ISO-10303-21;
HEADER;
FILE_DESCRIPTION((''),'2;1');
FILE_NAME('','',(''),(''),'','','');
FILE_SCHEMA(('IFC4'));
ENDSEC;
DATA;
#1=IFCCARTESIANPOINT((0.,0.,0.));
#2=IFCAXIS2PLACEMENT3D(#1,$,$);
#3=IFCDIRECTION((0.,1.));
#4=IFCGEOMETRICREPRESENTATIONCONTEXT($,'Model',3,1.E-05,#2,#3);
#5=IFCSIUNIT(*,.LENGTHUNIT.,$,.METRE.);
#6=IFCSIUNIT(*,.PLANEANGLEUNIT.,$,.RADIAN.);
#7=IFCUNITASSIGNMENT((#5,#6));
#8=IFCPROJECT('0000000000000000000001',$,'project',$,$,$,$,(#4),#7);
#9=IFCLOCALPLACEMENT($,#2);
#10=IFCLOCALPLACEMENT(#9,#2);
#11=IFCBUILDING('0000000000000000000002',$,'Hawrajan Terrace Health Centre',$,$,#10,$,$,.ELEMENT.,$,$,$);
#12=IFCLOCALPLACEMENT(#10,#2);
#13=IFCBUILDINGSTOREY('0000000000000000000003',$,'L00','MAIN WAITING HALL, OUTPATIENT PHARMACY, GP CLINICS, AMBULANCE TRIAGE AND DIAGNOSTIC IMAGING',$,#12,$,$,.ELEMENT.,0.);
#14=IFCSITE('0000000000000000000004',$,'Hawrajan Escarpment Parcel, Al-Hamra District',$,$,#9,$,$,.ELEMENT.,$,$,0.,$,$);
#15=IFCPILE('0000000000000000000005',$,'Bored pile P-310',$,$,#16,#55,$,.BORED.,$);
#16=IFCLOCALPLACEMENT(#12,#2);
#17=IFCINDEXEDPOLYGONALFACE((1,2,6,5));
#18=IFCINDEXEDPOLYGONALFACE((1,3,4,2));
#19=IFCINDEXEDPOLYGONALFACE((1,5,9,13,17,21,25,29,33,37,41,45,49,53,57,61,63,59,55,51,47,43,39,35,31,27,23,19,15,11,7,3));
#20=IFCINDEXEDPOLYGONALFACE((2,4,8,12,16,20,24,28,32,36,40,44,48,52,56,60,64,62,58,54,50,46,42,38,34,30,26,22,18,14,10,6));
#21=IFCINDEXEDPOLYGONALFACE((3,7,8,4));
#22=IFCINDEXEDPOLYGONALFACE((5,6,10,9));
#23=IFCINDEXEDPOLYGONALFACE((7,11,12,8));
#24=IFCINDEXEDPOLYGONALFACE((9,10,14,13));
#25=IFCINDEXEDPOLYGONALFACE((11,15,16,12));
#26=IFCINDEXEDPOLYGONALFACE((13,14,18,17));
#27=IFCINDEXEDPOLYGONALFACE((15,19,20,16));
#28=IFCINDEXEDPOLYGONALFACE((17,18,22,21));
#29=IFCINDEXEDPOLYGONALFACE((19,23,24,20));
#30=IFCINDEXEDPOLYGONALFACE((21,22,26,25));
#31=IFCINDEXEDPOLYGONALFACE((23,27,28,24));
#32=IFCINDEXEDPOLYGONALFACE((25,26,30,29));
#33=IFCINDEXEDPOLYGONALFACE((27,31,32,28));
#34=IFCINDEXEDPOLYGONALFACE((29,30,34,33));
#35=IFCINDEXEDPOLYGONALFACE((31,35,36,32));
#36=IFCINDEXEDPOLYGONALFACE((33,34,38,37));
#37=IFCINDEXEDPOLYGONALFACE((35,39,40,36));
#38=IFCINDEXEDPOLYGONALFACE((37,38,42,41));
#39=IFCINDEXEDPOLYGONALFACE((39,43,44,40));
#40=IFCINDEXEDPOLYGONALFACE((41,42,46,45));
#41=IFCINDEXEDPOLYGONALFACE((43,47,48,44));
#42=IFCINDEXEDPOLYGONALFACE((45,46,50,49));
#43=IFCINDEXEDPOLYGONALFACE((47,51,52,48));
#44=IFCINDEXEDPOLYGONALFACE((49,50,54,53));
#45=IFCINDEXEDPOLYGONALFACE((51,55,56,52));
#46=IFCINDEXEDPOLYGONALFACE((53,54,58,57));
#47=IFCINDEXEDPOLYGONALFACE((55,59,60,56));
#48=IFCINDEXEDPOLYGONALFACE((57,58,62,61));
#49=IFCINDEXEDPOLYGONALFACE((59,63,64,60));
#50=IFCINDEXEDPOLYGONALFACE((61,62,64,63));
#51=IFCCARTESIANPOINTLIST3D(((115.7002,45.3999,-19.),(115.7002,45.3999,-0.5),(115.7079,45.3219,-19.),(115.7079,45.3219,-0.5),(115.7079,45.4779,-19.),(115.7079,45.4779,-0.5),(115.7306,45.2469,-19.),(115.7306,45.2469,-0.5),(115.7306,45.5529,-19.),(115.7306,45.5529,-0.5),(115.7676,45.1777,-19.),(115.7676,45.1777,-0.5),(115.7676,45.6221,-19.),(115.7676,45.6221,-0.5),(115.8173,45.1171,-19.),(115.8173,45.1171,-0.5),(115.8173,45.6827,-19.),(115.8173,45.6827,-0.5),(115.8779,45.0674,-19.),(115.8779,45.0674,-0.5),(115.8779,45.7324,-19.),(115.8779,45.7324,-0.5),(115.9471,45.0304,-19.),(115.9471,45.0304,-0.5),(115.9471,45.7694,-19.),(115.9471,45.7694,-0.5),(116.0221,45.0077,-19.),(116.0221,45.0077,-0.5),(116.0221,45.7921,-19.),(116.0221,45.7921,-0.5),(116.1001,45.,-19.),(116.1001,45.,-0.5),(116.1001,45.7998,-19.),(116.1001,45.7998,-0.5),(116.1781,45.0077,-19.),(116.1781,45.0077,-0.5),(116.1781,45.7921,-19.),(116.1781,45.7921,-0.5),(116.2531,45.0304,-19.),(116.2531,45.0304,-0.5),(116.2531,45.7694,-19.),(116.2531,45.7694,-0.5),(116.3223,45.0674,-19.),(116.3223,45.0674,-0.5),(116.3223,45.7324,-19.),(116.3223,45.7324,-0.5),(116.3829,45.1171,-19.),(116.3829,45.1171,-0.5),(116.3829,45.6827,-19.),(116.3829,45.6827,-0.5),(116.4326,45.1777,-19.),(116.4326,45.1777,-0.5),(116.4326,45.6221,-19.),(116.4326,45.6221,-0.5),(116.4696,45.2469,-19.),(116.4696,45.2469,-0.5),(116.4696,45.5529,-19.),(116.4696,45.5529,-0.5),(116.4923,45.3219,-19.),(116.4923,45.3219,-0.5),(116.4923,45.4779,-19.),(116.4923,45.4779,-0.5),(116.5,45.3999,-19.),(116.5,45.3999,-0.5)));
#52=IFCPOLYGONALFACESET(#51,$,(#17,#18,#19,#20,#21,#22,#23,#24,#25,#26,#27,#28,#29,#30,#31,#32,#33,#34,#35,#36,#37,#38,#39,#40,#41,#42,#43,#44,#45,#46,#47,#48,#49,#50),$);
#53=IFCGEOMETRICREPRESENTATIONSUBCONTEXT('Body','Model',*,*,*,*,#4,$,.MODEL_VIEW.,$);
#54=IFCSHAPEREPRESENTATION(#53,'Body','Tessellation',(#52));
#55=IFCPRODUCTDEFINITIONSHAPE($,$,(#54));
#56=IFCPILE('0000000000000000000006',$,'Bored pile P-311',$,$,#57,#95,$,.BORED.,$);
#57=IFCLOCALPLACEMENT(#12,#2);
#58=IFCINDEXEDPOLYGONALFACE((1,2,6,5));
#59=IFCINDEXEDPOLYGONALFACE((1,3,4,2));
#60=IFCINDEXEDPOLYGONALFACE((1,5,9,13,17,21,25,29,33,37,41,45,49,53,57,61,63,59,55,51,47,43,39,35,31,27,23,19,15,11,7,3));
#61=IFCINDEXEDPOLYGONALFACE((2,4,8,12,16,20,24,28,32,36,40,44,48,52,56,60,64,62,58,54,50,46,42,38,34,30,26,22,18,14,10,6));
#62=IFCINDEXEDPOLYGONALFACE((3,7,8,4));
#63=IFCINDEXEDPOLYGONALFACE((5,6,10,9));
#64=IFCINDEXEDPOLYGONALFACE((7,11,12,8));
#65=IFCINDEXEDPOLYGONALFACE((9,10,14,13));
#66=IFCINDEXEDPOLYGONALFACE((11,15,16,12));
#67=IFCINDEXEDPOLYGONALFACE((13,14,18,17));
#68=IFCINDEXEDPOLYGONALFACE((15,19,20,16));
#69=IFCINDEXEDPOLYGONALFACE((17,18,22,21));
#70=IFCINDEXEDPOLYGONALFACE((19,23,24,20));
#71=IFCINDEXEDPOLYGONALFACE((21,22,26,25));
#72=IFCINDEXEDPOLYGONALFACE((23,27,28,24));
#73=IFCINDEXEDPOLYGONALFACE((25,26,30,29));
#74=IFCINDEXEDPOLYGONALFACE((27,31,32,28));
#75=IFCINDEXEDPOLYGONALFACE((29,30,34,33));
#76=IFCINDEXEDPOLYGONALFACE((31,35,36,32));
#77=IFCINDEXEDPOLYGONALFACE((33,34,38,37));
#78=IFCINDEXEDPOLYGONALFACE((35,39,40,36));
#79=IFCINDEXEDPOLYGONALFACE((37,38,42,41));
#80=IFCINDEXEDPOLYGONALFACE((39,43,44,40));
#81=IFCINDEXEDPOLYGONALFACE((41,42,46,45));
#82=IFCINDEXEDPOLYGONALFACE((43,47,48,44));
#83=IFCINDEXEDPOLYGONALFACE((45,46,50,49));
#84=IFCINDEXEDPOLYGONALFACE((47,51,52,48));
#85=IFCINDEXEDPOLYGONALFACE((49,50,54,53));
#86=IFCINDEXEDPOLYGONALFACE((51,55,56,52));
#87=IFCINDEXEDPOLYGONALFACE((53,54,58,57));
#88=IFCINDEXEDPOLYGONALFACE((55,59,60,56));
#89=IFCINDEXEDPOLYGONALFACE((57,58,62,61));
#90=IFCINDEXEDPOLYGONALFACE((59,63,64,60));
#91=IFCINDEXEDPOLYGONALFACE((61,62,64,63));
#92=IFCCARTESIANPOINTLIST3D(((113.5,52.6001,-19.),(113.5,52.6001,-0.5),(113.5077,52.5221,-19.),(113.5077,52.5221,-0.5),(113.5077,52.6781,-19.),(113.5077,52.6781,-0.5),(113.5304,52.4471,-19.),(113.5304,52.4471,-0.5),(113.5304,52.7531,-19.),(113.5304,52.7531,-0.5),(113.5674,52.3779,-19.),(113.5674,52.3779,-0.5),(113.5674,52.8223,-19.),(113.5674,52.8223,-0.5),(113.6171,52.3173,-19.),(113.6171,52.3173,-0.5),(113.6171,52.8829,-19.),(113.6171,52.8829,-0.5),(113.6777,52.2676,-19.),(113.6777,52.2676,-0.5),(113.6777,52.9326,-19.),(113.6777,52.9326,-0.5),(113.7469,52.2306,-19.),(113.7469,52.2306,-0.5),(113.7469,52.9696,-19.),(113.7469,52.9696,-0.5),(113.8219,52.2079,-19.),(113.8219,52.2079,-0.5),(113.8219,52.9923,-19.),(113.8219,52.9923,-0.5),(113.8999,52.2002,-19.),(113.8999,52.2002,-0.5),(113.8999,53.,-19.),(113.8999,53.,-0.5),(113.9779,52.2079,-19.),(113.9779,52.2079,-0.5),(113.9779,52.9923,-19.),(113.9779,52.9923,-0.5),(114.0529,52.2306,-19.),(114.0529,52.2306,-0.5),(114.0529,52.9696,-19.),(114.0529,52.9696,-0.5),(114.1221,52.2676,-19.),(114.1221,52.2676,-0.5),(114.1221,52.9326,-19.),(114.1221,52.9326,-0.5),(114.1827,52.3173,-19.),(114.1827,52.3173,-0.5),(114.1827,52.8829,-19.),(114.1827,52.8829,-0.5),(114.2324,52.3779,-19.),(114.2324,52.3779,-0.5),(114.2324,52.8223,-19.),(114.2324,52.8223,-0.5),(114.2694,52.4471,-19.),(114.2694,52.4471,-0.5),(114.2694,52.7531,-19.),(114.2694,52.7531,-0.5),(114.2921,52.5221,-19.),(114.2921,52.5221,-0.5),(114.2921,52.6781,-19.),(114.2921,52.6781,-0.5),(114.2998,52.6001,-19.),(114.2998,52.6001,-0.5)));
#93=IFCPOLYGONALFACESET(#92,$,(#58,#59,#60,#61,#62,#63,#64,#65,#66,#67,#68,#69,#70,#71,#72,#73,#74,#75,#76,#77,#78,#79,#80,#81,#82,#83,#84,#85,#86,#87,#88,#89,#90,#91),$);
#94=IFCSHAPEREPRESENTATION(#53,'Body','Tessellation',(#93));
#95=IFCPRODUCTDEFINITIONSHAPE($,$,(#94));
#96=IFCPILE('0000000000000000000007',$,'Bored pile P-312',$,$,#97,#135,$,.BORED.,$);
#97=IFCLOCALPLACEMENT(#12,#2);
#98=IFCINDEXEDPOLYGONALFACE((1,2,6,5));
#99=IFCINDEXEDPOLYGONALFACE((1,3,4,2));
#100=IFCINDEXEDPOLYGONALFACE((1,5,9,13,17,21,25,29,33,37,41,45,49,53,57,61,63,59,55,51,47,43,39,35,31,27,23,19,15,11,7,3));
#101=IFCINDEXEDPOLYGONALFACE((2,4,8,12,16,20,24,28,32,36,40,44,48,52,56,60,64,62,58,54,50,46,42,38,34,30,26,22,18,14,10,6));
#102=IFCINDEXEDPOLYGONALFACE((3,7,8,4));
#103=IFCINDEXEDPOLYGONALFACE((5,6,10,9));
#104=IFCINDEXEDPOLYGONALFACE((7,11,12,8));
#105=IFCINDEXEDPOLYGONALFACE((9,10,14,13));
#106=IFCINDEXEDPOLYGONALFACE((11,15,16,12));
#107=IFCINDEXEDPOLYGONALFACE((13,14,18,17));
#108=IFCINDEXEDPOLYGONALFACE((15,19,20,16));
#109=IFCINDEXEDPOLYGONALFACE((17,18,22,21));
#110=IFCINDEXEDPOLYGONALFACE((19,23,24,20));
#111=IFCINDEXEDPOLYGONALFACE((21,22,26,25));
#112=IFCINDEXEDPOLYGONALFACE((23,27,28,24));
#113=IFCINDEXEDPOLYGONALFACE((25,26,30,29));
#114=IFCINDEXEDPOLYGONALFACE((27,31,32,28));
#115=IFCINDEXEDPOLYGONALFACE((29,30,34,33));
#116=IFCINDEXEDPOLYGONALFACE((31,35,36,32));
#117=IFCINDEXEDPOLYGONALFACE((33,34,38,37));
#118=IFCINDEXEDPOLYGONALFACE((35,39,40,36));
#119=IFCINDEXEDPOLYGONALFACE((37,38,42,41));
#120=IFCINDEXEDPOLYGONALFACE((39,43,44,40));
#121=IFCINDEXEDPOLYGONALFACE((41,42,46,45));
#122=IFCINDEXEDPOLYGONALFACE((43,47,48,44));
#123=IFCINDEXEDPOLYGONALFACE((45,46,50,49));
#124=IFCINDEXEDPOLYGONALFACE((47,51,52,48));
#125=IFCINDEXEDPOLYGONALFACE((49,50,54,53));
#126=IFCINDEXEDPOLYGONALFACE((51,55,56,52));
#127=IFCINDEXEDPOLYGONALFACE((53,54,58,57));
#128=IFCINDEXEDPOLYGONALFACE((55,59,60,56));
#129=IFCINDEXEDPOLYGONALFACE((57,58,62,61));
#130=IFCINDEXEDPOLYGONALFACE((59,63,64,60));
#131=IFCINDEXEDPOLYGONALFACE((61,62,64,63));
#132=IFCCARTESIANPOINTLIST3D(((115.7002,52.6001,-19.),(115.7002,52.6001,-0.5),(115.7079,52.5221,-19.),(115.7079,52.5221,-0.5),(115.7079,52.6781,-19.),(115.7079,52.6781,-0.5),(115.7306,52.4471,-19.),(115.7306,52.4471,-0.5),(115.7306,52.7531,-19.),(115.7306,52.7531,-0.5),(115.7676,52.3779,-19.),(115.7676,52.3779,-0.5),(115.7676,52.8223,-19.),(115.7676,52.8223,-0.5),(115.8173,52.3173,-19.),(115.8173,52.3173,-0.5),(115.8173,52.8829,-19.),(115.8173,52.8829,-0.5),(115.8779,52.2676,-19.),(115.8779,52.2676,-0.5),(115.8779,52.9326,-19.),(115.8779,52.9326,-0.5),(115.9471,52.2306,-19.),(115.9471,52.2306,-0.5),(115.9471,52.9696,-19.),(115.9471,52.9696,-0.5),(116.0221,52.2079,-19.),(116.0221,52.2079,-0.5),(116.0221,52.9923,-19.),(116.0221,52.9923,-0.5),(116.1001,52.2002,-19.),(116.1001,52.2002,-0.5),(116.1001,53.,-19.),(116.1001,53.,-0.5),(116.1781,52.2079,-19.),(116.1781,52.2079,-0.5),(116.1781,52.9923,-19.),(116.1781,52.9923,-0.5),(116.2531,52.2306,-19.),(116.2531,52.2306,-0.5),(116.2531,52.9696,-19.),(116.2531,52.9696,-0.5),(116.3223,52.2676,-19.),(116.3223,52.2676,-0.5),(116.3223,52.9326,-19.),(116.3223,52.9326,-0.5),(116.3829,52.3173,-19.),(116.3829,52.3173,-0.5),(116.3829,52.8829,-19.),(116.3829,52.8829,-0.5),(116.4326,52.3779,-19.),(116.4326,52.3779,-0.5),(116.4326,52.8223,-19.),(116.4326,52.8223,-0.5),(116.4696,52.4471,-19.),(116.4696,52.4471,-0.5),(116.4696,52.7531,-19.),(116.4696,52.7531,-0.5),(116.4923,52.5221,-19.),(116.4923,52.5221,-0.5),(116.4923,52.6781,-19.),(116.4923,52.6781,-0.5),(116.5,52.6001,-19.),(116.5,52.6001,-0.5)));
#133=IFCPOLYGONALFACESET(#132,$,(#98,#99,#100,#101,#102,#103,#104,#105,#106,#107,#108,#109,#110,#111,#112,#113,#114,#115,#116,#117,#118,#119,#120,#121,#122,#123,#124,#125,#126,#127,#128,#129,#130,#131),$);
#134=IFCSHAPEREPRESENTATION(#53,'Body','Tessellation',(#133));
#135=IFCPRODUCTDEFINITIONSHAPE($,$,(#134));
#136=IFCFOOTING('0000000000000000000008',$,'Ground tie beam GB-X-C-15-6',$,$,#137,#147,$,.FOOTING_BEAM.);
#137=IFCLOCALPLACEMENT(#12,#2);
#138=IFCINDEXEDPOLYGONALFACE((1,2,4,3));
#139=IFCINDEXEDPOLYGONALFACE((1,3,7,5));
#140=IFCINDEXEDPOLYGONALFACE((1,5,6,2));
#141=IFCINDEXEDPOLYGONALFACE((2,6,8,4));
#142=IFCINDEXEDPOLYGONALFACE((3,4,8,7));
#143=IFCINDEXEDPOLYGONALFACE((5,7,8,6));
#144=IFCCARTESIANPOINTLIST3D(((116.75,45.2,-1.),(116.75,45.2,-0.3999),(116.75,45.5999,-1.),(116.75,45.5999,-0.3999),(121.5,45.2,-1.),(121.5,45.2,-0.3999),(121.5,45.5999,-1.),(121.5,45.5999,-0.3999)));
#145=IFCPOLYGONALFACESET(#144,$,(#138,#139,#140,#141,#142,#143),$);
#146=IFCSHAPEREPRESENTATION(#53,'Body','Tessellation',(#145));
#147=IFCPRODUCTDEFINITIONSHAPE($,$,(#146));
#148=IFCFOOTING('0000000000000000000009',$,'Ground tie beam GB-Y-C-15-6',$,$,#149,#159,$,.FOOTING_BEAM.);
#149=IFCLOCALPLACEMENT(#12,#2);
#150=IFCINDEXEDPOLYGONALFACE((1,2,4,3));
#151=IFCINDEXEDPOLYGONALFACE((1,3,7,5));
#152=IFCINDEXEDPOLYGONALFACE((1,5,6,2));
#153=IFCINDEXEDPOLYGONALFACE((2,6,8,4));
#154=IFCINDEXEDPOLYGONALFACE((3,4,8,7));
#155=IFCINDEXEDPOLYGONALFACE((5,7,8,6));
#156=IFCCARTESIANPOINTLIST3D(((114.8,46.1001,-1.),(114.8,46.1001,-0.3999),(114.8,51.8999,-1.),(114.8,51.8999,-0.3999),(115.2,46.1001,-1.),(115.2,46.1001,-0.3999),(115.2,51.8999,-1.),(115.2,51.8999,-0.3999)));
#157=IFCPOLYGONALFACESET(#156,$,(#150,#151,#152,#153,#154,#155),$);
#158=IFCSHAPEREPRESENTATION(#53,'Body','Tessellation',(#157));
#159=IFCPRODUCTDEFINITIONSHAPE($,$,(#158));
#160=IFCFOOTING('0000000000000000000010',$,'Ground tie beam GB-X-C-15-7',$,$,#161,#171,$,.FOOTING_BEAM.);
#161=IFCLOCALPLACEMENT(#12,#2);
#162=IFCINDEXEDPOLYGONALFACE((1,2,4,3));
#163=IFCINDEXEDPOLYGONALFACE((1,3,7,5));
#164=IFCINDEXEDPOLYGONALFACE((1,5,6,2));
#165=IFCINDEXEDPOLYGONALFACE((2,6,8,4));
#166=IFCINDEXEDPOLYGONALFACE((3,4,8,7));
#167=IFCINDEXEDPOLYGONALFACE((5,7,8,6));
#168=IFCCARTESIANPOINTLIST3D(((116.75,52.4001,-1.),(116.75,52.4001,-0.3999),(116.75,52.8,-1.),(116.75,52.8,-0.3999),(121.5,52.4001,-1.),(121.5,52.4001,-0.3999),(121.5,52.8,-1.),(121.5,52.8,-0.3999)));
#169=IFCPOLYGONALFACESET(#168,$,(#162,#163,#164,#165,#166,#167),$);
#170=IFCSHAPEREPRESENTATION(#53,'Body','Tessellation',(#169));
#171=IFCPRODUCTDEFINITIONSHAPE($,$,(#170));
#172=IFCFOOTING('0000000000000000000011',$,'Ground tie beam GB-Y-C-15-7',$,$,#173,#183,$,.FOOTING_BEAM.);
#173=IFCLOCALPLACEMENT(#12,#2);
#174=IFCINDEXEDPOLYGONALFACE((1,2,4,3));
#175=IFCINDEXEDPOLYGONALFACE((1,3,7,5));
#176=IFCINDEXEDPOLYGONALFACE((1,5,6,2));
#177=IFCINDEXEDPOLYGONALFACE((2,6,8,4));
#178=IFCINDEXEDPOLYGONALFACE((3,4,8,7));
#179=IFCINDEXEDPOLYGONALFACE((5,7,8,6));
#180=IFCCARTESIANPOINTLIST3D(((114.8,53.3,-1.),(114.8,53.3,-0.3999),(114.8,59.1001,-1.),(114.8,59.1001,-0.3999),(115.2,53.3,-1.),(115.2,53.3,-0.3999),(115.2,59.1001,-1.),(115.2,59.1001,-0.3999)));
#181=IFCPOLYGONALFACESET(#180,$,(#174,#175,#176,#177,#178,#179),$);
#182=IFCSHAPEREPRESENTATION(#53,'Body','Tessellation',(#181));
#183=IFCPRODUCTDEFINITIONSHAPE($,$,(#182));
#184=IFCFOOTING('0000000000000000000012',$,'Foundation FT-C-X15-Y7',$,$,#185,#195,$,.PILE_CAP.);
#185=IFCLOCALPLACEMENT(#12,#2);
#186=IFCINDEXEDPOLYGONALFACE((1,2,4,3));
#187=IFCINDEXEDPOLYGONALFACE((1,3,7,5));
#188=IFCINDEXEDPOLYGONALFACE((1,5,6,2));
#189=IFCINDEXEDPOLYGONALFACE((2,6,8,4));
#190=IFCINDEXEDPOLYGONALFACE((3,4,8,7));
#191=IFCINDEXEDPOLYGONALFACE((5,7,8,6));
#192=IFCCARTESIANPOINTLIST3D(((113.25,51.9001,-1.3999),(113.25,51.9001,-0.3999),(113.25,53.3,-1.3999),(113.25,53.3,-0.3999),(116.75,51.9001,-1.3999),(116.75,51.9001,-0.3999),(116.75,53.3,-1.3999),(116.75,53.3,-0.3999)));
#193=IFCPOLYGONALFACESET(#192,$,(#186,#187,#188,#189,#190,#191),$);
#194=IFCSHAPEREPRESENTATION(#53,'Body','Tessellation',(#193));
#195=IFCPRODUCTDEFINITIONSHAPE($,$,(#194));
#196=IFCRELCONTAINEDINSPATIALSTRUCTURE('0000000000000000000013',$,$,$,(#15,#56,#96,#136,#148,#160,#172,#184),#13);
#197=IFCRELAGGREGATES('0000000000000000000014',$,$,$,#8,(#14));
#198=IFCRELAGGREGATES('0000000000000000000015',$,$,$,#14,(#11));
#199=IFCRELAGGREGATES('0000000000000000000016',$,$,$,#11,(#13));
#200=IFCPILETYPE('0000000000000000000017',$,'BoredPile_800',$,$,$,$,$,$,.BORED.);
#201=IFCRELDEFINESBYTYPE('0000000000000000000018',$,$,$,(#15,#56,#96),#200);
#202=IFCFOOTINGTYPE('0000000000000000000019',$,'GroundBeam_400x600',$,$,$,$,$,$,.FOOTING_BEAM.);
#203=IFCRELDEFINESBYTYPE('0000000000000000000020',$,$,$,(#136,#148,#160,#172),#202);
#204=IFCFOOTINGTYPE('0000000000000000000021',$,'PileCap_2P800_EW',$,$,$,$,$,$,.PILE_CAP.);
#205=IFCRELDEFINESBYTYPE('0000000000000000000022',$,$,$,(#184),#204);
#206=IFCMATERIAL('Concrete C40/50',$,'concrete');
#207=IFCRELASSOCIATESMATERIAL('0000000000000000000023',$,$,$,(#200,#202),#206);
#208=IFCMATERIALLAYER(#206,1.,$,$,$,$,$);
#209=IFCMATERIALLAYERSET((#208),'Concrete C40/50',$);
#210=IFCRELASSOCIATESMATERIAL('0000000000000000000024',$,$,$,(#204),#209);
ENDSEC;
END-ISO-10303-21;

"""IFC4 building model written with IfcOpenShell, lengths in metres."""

from ifc_helpers import new_model, si_unit, direction, frame, origin, origin_2d, place, context, subcontext, project, spatial, rectangle, circle, extrude, material, layer, layer_set, material_profile, profile_set, type_object, element, save


model = new_model("IFC4")

# Units and contexts
model_context = context("Model", 3, precision=1e-05, world=origin(), true_north=direction((0.0, 1.0)))
body_context = subcontext(model_context, "Body", "Model", "MODEL_VIEW")
ifc_project = project(units=[si_unit("LENGTHUNIT", "METRE"), si_unit("PLANEANGLEUNIT", "RADIAN")], contexts=[model_context])

# Site, building, storey
site_placement = place(None, origin())
site = spatial("IfcSite", under=ifc_project, at=site_placement, Name="Hawrajan Escarpment Parcel, Al-Hamra District", CompositionType="ELEMENT", RefElevation=0.0)
building_placement = place(site_placement, origin())
building = spatial("IfcBuilding", under=site, at=building_placement, Name="Hawrajan Terrace Health Centre", CompositionType="ELEMENT")
storey_placement = place(building_placement, origin())
storey = spatial("IfcBuildingStorey", under=building, at=storey_placement, Name="L00", Description="MAIN WAITING HALL, OUTPATIENT PHARMACY, GP CLINICS, AMBULANCE TRIAGE AND DIAGNOSTIC IMAGING", CompositionType="ELEMENT", Elevation=0.0)

# Piles
ifc_material_1 = material(Name="Concrete C40/50", Category="concrete")
ifc_material_profile_1 = material_profile(ifc_material_1, circle(Radius=0.3999, at=origin_2d()), Name="BP 800")
ifc_profile_set_1 = profile_set([ifc_material_profile_1], Name="Concrete C40/50")
pile_type = type_object("IfcPileType", Name="BoredPile_800", PredefinedType="BORED", material=ifc_profile_set_1)
for number, where, z_axis, x_axis, name in (
    (1, (116.1001, 45.3999, -0.5), (0.0, 0.0, -1.0), (1.0, 0.0, 0.0), "Bored pile P-310"),
    (2, (113.8999, 52.6001, -0.5), (0.0, 0.0, -1.0), (1.0, 0.0, 0.0), "Bored pile P-311"),
    (3, (116.1001, 52.6001, -0.5), (0.0, 0.0, -1.0), (1.0, 0.0, 0.0), "Bored pile P-312"),
):
    element("IfcPile", number, at=place(storey_placement, frame(where, z_axis=z_axis, x_axis=x_axis)), inside=storey, type_object=pile_type, Name=name, PredefinedType="BORED", context=body_context, shape_type="SweptSolid", body=[
        extrude(circle(Radius=0.3999, at=origin_2d()), origin(), (0.0, 0.0, 1.0), 18.5),
    ])

# Footings
ifc_material_profile_2 = material_profile(ifc_material_1, rectangle(XDim=0.3999, YDim=0.6001, at=origin_2d()), Name="RC BM 400x600")
ifc_profile_set_2 = profile_set([ifc_material_profile_2], Name="Concrete C40/50")
footing_type_1 = type_object("IfcFootingType", Name="GroundBeam_400x600", PredefinedType="FOOTING_BEAM", material=ifc_profile_set_2)
footing_1_placement = place(storey_placement, frame((116.75, 45.3999, -0.7), z_axis=(1.0, 0.0, 0.0), x_axis=(0.0, 1.0, 0.0)))
element("IfcFooting", 4, at=footing_1_placement, inside=storey, type_object=footing_type_1, Name="Ground tie beam GB-X-C-15-6", PredefinedType="FOOTING_BEAM", context=body_context, shape_type="SweptSolid", body=[
    extrude(rectangle(XDim=0.3999, YDim=0.6001, at=origin_2d()), origin(), (0.0, 0.0, 1.0), 4.75),
])
footing_2_placement = place(storey_placement, frame((115.0, 46.1001, -0.7), z_axis=(0.0, 1.0, 0.0), x_axis=(-1.0, 0.0, 0.0)))
element("IfcFooting", 5, at=footing_2_placement, inside=storey, type_object=footing_type_1, Name="Ground tie beam GB-Y-C-15-6", PredefinedType="FOOTING_BEAM", context=body_context, shape_type="SweptSolid", body=[
    extrude(rectangle(XDim=0.3999, YDim=0.6001, at=origin_2d()), origin(), (0.0, 0.0, 1.0), 5.7998),
])
footing_3_placement = place(storey_placement, frame((116.75, 52.6001, -0.7), z_axis=(1.0, 0.0, 0.0), x_axis=(0.0, 1.0, 0.0)))
element("IfcFooting", 6, at=footing_3_placement, inside=storey, type_object=footing_type_1, Name="Ground tie beam GB-X-C-15-7", PredefinedType="FOOTING_BEAM", context=body_context, shape_type="SweptSolid", body=[
    extrude(rectangle(XDim=0.3999, YDim=0.6001, at=origin_2d()), origin(), (0.0, 0.0, 1.0), 4.75),
])
footing_4_placement = place(storey_placement, frame((115.0, 53.3, -0.7), z_axis=(0.0, 1.0, 0.0), x_axis=(-1.0, 0.0, 0.0)))
element("IfcFooting", 7, at=footing_4_placement, inside=storey, type_object=footing_type_1, Name="Ground tie beam GB-Y-C-15-7", PredefinedType="FOOTING_BEAM", context=body_context, shape_type="SweptSolid", body=[
    extrude(rectangle(XDim=0.3999, YDim=0.6001, at=origin_2d()), origin(), (0.0, 0.0, 1.0), 5.8),
])
ifc_layer_1 = layer(ifc_material_1, 1.0)
ifc_layer_set_1 = layer_set([ifc_layer_1], Name="Concrete C40/50")
footing_type_2 = type_object("IfcFootingType", Name="PileCap_2P800_EW", PredefinedType="PILE_CAP", material=ifc_layer_set_1)
footing_5_placement = place(storey_placement, frame((115.0, 52.6001, -1.3999), z_axis=(0.0, 0.0, 1.0), x_axis=(1.0, 0.0, 0.0)))
element("IfcFooting", 8, at=footing_5_placement, inside=storey, type_object=footing_type_2, Name="Foundation FT-C-X15-Y7", PredefinedType="PILE_CAP", context=body_context, shape_type="SweptSolid", body=[
    extrude(rectangle(XDim=3.5, YDim=1.3999, at=origin_2d()), origin(), (0.0, 0.0, 1.0), 1.0),
])

save(model, "model.ifc")
